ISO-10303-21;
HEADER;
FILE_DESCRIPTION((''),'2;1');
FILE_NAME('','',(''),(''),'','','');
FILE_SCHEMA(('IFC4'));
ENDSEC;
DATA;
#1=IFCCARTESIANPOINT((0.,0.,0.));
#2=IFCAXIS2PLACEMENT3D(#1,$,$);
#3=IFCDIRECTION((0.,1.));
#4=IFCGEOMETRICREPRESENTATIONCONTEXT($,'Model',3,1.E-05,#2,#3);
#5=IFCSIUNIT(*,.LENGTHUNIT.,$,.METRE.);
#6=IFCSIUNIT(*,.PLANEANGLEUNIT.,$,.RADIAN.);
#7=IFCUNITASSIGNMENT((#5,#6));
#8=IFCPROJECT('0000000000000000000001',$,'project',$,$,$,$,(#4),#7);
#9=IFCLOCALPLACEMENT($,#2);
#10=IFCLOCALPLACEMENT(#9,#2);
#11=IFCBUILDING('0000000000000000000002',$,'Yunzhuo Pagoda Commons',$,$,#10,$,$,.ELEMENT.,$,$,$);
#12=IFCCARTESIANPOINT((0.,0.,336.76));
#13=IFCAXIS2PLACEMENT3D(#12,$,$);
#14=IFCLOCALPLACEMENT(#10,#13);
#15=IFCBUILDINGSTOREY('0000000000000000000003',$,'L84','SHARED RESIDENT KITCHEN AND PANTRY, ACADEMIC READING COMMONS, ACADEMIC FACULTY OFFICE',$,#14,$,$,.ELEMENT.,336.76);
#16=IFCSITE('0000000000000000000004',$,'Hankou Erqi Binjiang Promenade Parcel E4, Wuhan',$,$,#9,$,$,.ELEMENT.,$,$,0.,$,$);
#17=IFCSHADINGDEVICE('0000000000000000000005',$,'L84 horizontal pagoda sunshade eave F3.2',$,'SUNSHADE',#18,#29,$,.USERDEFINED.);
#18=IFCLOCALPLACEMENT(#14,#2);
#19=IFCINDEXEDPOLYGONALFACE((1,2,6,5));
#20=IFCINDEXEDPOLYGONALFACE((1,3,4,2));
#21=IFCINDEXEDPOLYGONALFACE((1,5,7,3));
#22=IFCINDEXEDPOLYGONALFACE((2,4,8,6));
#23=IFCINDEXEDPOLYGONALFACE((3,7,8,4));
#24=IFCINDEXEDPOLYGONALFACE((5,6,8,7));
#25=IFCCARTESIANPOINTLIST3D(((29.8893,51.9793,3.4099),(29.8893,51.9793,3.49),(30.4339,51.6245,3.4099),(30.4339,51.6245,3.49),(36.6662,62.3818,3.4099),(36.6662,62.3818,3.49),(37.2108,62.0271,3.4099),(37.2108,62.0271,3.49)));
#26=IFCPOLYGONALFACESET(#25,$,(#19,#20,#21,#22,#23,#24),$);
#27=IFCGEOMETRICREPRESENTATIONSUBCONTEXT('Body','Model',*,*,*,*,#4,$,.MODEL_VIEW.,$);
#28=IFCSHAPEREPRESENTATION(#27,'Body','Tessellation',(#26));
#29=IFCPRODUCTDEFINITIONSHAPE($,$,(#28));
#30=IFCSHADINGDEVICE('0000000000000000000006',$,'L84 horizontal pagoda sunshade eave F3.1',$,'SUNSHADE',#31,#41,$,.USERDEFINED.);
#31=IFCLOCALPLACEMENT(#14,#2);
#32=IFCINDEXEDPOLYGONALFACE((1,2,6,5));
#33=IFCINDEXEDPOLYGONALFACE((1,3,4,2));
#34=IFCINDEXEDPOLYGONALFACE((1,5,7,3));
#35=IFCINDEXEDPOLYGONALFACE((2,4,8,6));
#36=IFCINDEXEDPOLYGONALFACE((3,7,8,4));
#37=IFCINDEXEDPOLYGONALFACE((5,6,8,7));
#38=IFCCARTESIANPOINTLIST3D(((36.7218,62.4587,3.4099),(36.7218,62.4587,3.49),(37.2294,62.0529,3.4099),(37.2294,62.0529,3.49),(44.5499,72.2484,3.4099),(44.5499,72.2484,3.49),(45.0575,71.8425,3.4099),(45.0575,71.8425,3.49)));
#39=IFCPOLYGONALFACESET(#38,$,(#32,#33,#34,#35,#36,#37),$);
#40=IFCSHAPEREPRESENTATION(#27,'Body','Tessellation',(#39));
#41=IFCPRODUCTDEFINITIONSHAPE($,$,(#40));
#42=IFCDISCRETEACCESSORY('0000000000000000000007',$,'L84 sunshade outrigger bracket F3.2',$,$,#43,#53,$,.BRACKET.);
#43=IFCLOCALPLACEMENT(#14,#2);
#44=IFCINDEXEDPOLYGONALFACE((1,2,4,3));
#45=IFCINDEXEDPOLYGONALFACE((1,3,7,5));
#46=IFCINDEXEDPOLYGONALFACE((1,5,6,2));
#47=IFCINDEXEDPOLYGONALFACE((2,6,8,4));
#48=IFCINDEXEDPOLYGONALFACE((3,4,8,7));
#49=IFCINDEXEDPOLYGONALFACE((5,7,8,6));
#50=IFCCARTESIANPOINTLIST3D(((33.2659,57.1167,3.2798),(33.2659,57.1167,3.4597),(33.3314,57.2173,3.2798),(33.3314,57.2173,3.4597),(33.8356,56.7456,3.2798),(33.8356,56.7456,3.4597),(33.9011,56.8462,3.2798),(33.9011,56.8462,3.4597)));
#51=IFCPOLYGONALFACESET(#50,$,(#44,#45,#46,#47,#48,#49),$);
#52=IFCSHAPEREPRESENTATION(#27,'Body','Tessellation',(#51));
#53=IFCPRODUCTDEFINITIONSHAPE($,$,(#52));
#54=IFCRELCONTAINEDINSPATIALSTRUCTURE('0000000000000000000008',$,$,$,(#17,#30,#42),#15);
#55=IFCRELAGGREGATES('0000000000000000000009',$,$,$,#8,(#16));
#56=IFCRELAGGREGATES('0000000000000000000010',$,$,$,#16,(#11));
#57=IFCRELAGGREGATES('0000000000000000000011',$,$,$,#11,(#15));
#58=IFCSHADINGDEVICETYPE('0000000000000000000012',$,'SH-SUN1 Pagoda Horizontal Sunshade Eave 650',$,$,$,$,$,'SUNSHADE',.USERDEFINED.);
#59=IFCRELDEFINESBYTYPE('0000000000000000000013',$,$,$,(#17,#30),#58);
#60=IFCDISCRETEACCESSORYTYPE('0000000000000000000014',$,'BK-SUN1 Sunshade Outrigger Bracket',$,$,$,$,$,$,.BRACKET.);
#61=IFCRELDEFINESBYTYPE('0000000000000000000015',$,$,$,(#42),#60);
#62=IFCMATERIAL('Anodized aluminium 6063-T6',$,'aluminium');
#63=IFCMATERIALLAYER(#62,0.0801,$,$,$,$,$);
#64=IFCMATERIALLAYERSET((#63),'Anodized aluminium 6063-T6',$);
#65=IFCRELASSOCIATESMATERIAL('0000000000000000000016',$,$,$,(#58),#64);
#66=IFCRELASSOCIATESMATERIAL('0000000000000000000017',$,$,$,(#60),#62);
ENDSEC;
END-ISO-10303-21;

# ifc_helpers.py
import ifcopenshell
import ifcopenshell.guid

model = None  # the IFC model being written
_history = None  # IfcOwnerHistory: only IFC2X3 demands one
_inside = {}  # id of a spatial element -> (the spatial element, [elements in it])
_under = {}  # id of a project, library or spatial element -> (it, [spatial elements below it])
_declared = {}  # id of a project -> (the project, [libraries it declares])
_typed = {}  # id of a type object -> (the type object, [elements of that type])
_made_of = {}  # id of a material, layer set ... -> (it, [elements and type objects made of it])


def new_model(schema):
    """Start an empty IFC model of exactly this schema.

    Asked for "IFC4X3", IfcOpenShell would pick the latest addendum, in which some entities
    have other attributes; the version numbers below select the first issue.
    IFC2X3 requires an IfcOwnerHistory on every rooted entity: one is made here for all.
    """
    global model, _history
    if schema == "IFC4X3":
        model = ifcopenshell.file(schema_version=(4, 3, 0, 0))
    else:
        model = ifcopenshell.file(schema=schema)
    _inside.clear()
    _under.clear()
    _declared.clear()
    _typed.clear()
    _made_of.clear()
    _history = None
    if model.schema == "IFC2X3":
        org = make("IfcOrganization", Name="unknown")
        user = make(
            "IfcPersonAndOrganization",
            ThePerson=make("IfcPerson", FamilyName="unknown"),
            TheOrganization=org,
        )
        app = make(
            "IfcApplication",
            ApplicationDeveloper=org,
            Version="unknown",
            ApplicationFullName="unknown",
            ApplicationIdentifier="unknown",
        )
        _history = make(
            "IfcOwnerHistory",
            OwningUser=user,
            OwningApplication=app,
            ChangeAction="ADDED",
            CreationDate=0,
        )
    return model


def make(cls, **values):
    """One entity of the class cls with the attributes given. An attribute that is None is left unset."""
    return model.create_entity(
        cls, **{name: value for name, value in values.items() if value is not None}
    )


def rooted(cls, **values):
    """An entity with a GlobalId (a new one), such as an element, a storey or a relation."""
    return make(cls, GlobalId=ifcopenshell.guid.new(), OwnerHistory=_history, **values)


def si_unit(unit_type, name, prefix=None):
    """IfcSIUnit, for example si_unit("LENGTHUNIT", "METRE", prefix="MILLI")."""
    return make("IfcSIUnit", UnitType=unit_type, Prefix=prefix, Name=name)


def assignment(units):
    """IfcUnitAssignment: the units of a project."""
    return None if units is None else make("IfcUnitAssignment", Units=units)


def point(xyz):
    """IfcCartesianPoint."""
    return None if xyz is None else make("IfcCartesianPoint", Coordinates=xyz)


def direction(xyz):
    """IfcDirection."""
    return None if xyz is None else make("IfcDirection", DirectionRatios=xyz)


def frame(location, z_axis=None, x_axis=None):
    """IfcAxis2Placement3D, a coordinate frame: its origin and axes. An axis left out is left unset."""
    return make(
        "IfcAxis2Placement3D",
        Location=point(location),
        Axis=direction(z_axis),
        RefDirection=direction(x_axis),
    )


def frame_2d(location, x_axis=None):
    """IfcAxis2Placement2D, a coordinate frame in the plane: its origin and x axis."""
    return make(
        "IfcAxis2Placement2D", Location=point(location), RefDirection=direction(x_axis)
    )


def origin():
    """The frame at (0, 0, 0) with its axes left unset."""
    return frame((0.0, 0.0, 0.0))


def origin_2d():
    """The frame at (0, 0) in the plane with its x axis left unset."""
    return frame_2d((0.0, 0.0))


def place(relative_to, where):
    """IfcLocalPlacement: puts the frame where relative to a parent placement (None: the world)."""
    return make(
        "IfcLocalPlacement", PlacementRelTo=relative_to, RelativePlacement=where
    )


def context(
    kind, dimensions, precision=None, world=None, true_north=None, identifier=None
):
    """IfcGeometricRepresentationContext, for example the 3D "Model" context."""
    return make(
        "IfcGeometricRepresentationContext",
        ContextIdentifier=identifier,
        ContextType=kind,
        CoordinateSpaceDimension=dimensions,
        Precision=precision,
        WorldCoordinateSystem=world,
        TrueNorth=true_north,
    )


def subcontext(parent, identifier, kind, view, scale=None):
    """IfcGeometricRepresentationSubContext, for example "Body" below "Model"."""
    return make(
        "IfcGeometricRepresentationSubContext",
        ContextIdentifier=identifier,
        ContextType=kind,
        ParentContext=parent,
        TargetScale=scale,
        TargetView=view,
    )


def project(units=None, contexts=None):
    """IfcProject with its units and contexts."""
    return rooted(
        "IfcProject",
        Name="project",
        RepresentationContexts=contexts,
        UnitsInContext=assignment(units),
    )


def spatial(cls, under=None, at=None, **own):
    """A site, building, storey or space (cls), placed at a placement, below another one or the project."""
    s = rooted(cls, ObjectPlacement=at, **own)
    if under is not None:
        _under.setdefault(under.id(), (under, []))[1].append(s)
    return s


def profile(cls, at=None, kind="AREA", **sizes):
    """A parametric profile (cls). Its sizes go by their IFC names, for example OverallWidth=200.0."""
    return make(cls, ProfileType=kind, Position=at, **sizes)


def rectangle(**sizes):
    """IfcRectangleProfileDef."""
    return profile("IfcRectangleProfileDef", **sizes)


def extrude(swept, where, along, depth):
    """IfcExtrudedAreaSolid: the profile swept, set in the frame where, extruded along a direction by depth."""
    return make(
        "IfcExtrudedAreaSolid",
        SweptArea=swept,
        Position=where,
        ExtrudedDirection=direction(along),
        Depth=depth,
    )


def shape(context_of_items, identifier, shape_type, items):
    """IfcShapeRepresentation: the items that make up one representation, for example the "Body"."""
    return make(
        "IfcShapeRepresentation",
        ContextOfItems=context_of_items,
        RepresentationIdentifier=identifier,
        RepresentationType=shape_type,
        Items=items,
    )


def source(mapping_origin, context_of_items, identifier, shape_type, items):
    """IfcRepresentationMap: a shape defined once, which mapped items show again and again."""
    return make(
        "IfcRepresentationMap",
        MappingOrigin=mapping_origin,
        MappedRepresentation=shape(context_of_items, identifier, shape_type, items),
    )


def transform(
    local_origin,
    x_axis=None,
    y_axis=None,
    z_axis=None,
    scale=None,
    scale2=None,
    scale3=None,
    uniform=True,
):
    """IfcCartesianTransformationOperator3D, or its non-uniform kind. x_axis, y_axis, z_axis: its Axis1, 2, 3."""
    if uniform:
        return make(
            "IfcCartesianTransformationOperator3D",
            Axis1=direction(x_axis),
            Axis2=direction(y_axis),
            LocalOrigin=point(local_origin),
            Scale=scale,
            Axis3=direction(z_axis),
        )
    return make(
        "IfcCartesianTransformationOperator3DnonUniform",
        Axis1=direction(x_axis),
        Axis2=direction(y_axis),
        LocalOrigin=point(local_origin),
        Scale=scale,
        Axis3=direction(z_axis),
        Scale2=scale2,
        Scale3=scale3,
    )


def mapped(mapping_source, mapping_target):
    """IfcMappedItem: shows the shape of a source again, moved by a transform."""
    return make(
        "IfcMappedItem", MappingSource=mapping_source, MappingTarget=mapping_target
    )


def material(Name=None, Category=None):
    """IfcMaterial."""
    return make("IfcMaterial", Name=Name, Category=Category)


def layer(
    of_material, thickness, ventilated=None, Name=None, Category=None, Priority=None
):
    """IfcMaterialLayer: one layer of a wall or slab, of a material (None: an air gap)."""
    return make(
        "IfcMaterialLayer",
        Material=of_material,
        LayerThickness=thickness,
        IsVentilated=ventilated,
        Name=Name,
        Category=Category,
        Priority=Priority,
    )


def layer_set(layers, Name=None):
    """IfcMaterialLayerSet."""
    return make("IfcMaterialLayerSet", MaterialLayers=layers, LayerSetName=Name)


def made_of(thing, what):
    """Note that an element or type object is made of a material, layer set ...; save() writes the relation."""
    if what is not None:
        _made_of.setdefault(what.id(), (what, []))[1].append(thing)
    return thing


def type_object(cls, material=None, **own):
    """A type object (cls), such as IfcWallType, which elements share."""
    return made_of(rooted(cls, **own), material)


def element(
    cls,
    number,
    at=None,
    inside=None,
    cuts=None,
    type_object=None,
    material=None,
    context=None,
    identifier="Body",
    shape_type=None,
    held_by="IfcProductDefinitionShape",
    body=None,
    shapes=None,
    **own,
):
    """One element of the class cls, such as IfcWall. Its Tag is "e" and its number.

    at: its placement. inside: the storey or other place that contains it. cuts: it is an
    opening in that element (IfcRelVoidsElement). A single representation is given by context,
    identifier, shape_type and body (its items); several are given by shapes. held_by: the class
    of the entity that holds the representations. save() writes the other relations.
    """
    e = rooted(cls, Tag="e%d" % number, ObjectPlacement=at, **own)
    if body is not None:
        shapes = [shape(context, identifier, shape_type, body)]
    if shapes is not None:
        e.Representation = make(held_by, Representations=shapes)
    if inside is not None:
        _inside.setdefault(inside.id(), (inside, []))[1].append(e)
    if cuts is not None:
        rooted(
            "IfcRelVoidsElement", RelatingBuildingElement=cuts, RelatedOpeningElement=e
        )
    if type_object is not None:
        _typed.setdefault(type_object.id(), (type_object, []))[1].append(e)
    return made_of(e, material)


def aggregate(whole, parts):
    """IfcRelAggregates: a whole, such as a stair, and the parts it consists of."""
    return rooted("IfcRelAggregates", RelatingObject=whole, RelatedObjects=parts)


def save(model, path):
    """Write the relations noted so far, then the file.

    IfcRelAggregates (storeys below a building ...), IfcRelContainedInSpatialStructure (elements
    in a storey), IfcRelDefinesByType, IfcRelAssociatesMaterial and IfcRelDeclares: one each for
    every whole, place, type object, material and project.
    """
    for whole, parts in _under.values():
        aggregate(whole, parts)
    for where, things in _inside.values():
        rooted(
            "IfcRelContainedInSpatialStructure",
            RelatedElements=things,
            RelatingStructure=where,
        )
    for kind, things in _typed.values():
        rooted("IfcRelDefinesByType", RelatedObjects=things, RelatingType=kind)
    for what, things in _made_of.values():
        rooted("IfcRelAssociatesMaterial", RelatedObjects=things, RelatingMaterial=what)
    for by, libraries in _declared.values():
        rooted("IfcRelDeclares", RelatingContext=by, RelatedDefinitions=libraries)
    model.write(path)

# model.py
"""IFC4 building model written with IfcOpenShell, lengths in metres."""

from ifc_helpers import new_model, si_unit, direction, frame, origin, origin_2d, place, context, subcontext, project, spatial, rectangle, extrude, source, transform, mapped, material, layer, layer_set, type_object, element, save


model = new_model("IFC4")

# Units and contexts
model_context = context("Model", 3, precision=1e-05, world=origin(), true_north=direction((0.0, 1.0)))
body_context = subcontext(model_context, "Body", "Model", "MODEL_VIEW")
ifc_project = project(units=[si_unit("LENGTHUNIT", "METRE"), si_unit("PLANEANGLEUNIT", "RADIAN")], contexts=[model_context])

# Site, building, storey
site_placement = place(None, origin())
site = spatial("IfcSite", under=ifc_project, at=site_placement, Name="Hankou Erqi Binjiang Promenade Parcel E4, Wuhan", CompositionType="ELEMENT", RefElevation=0.0)
building_placement = place(site_placement, origin())
building = spatial("IfcBuilding", under=site, at=building_placement, Name="Yunzhuo Pagoda Commons", CompositionType="ELEMENT")
storey_placement = place(building_placement, frame((0.0, 0.0, 336.76)))
storey = spatial("IfcBuildingStorey", under=building, at=storey_placement, Name="L84", Description="SHARED RESIDENT KITCHEN AND PANTRY, ACADEMIC READING COMMONS, ACADEMIC FACULTY OFFICE", CompositionType="ELEMENT", Elevation=336.76)

# Shared definitions
ifc_material_1 = material(Name="Anodized aluminium 6063-T6", Category="aluminium")

# Shading devices
ifc_layer_1 = layer(ifc_material_1, 0.0801)
ifc_layer_set_1 = layer_set([ifc_layer_1], Name="Anodized aluminium 6063-T6")
shading_device_type = type_object("IfcShadingDeviceType", Name="SH-SUN1 Pagoda Horizontal Sunshade Eave 650", ElementType="SUNSHADE", PredefinedType="USERDEFINED", material=ifc_layer_set_1)
shared_shape_1 = source(origin(), body_context, "Body", "SweptSolid", [
    extrude(rectangle(XDim=12.4153, YDim=0.6499, at=origin_2d()), origin(), (0.0, 0.0, 1.0), 0.0801),
])
shading_device_1_placement = place(storey_placement, frame((33.55, 57.0032, 3.4099), z_axis=(0.0, 0.0, 1.0), x_axis=(-0.545853, -0.837881, 0.0)))
element("IfcShadingDevice", 1, at=shading_device_1_placement, inside=storey, type_object=shading_device_type, Name="L84 horizontal pagoda sunshade eave F3.2", ObjectType="SUNSHADE", PredefinedType="USERDEFINED", context=body_context, shape_type="MappedRepresentation", body=[
    mapped(shared_shape_1, transform((0.0, 0.0, 0.0), scale=1.0)),
])
shared_shape_2 = source(origin(), body_context, "Body", "SweptSolid", [
    extrude(rectangle(XDim=12.5347, YDim=0.6499, at=origin_2d()), origin(), (0.0, 0.0, 1.0), 0.0801),
])
shading_device_2_placement = place(storey_placement, frame((40.8896, 67.1506, 3.4099), z_axis=(0.0, 0.0, 1.0), x_axis=(-0.62452, -0.781008, 0.0)))
element("IfcShadingDevice", 2, at=shading_device_2_placement, inside=storey, type_object=shading_device_type, Name="L84 horizontal pagoda sunshade eave F3.1", ObjectType="SUNSHADE", PredefinedType="USERDEFINED", context=body_context, shape_type="MappedRepresentation", body=[
    mapped(shared_shape_2, transform((0.0, 0.0, 0.0), scale=1.0)),
])

# Discrete accessory
discrete_accessory_type = type_object("IfcDiscreteAccessoryType", Name="BK-SUN1 Sunshade Outrigger Bracket", PredefinedType="BRACKET", material=ifc_material_1)
shared_shape_3 = source(origin(), body_context, "Body", "SweptSolid", [
    extrude(rectangle(XDim=0.1201, YDim=0.6799, at=origin_2d()), origin(), (0.0, 0.0, 1.0), 0.1799),
])
discrete_accessory_placement = place(storey_placement, frame((33.5835, 56.9814, 3.2798), z_axis=(0.0, 0.0, 1.0), x_axis=(-0.545853, -0.837881, 0.0)))
element("IfcDiscreteAccessory", 3, at=discrete_accessory_placement, inside=storey, type_object=discrete_accessory_type, Name="L84 sunshade outrigger bracket F3.2", PredefinedType="BRACKET", context=body_context, shape_type="MappedRepresentation", body=[
    mapped(shared_shape_3, transform((0.0, 0.0, 0.0), scale=1.0)),
])

save(model, "model.ifc")
